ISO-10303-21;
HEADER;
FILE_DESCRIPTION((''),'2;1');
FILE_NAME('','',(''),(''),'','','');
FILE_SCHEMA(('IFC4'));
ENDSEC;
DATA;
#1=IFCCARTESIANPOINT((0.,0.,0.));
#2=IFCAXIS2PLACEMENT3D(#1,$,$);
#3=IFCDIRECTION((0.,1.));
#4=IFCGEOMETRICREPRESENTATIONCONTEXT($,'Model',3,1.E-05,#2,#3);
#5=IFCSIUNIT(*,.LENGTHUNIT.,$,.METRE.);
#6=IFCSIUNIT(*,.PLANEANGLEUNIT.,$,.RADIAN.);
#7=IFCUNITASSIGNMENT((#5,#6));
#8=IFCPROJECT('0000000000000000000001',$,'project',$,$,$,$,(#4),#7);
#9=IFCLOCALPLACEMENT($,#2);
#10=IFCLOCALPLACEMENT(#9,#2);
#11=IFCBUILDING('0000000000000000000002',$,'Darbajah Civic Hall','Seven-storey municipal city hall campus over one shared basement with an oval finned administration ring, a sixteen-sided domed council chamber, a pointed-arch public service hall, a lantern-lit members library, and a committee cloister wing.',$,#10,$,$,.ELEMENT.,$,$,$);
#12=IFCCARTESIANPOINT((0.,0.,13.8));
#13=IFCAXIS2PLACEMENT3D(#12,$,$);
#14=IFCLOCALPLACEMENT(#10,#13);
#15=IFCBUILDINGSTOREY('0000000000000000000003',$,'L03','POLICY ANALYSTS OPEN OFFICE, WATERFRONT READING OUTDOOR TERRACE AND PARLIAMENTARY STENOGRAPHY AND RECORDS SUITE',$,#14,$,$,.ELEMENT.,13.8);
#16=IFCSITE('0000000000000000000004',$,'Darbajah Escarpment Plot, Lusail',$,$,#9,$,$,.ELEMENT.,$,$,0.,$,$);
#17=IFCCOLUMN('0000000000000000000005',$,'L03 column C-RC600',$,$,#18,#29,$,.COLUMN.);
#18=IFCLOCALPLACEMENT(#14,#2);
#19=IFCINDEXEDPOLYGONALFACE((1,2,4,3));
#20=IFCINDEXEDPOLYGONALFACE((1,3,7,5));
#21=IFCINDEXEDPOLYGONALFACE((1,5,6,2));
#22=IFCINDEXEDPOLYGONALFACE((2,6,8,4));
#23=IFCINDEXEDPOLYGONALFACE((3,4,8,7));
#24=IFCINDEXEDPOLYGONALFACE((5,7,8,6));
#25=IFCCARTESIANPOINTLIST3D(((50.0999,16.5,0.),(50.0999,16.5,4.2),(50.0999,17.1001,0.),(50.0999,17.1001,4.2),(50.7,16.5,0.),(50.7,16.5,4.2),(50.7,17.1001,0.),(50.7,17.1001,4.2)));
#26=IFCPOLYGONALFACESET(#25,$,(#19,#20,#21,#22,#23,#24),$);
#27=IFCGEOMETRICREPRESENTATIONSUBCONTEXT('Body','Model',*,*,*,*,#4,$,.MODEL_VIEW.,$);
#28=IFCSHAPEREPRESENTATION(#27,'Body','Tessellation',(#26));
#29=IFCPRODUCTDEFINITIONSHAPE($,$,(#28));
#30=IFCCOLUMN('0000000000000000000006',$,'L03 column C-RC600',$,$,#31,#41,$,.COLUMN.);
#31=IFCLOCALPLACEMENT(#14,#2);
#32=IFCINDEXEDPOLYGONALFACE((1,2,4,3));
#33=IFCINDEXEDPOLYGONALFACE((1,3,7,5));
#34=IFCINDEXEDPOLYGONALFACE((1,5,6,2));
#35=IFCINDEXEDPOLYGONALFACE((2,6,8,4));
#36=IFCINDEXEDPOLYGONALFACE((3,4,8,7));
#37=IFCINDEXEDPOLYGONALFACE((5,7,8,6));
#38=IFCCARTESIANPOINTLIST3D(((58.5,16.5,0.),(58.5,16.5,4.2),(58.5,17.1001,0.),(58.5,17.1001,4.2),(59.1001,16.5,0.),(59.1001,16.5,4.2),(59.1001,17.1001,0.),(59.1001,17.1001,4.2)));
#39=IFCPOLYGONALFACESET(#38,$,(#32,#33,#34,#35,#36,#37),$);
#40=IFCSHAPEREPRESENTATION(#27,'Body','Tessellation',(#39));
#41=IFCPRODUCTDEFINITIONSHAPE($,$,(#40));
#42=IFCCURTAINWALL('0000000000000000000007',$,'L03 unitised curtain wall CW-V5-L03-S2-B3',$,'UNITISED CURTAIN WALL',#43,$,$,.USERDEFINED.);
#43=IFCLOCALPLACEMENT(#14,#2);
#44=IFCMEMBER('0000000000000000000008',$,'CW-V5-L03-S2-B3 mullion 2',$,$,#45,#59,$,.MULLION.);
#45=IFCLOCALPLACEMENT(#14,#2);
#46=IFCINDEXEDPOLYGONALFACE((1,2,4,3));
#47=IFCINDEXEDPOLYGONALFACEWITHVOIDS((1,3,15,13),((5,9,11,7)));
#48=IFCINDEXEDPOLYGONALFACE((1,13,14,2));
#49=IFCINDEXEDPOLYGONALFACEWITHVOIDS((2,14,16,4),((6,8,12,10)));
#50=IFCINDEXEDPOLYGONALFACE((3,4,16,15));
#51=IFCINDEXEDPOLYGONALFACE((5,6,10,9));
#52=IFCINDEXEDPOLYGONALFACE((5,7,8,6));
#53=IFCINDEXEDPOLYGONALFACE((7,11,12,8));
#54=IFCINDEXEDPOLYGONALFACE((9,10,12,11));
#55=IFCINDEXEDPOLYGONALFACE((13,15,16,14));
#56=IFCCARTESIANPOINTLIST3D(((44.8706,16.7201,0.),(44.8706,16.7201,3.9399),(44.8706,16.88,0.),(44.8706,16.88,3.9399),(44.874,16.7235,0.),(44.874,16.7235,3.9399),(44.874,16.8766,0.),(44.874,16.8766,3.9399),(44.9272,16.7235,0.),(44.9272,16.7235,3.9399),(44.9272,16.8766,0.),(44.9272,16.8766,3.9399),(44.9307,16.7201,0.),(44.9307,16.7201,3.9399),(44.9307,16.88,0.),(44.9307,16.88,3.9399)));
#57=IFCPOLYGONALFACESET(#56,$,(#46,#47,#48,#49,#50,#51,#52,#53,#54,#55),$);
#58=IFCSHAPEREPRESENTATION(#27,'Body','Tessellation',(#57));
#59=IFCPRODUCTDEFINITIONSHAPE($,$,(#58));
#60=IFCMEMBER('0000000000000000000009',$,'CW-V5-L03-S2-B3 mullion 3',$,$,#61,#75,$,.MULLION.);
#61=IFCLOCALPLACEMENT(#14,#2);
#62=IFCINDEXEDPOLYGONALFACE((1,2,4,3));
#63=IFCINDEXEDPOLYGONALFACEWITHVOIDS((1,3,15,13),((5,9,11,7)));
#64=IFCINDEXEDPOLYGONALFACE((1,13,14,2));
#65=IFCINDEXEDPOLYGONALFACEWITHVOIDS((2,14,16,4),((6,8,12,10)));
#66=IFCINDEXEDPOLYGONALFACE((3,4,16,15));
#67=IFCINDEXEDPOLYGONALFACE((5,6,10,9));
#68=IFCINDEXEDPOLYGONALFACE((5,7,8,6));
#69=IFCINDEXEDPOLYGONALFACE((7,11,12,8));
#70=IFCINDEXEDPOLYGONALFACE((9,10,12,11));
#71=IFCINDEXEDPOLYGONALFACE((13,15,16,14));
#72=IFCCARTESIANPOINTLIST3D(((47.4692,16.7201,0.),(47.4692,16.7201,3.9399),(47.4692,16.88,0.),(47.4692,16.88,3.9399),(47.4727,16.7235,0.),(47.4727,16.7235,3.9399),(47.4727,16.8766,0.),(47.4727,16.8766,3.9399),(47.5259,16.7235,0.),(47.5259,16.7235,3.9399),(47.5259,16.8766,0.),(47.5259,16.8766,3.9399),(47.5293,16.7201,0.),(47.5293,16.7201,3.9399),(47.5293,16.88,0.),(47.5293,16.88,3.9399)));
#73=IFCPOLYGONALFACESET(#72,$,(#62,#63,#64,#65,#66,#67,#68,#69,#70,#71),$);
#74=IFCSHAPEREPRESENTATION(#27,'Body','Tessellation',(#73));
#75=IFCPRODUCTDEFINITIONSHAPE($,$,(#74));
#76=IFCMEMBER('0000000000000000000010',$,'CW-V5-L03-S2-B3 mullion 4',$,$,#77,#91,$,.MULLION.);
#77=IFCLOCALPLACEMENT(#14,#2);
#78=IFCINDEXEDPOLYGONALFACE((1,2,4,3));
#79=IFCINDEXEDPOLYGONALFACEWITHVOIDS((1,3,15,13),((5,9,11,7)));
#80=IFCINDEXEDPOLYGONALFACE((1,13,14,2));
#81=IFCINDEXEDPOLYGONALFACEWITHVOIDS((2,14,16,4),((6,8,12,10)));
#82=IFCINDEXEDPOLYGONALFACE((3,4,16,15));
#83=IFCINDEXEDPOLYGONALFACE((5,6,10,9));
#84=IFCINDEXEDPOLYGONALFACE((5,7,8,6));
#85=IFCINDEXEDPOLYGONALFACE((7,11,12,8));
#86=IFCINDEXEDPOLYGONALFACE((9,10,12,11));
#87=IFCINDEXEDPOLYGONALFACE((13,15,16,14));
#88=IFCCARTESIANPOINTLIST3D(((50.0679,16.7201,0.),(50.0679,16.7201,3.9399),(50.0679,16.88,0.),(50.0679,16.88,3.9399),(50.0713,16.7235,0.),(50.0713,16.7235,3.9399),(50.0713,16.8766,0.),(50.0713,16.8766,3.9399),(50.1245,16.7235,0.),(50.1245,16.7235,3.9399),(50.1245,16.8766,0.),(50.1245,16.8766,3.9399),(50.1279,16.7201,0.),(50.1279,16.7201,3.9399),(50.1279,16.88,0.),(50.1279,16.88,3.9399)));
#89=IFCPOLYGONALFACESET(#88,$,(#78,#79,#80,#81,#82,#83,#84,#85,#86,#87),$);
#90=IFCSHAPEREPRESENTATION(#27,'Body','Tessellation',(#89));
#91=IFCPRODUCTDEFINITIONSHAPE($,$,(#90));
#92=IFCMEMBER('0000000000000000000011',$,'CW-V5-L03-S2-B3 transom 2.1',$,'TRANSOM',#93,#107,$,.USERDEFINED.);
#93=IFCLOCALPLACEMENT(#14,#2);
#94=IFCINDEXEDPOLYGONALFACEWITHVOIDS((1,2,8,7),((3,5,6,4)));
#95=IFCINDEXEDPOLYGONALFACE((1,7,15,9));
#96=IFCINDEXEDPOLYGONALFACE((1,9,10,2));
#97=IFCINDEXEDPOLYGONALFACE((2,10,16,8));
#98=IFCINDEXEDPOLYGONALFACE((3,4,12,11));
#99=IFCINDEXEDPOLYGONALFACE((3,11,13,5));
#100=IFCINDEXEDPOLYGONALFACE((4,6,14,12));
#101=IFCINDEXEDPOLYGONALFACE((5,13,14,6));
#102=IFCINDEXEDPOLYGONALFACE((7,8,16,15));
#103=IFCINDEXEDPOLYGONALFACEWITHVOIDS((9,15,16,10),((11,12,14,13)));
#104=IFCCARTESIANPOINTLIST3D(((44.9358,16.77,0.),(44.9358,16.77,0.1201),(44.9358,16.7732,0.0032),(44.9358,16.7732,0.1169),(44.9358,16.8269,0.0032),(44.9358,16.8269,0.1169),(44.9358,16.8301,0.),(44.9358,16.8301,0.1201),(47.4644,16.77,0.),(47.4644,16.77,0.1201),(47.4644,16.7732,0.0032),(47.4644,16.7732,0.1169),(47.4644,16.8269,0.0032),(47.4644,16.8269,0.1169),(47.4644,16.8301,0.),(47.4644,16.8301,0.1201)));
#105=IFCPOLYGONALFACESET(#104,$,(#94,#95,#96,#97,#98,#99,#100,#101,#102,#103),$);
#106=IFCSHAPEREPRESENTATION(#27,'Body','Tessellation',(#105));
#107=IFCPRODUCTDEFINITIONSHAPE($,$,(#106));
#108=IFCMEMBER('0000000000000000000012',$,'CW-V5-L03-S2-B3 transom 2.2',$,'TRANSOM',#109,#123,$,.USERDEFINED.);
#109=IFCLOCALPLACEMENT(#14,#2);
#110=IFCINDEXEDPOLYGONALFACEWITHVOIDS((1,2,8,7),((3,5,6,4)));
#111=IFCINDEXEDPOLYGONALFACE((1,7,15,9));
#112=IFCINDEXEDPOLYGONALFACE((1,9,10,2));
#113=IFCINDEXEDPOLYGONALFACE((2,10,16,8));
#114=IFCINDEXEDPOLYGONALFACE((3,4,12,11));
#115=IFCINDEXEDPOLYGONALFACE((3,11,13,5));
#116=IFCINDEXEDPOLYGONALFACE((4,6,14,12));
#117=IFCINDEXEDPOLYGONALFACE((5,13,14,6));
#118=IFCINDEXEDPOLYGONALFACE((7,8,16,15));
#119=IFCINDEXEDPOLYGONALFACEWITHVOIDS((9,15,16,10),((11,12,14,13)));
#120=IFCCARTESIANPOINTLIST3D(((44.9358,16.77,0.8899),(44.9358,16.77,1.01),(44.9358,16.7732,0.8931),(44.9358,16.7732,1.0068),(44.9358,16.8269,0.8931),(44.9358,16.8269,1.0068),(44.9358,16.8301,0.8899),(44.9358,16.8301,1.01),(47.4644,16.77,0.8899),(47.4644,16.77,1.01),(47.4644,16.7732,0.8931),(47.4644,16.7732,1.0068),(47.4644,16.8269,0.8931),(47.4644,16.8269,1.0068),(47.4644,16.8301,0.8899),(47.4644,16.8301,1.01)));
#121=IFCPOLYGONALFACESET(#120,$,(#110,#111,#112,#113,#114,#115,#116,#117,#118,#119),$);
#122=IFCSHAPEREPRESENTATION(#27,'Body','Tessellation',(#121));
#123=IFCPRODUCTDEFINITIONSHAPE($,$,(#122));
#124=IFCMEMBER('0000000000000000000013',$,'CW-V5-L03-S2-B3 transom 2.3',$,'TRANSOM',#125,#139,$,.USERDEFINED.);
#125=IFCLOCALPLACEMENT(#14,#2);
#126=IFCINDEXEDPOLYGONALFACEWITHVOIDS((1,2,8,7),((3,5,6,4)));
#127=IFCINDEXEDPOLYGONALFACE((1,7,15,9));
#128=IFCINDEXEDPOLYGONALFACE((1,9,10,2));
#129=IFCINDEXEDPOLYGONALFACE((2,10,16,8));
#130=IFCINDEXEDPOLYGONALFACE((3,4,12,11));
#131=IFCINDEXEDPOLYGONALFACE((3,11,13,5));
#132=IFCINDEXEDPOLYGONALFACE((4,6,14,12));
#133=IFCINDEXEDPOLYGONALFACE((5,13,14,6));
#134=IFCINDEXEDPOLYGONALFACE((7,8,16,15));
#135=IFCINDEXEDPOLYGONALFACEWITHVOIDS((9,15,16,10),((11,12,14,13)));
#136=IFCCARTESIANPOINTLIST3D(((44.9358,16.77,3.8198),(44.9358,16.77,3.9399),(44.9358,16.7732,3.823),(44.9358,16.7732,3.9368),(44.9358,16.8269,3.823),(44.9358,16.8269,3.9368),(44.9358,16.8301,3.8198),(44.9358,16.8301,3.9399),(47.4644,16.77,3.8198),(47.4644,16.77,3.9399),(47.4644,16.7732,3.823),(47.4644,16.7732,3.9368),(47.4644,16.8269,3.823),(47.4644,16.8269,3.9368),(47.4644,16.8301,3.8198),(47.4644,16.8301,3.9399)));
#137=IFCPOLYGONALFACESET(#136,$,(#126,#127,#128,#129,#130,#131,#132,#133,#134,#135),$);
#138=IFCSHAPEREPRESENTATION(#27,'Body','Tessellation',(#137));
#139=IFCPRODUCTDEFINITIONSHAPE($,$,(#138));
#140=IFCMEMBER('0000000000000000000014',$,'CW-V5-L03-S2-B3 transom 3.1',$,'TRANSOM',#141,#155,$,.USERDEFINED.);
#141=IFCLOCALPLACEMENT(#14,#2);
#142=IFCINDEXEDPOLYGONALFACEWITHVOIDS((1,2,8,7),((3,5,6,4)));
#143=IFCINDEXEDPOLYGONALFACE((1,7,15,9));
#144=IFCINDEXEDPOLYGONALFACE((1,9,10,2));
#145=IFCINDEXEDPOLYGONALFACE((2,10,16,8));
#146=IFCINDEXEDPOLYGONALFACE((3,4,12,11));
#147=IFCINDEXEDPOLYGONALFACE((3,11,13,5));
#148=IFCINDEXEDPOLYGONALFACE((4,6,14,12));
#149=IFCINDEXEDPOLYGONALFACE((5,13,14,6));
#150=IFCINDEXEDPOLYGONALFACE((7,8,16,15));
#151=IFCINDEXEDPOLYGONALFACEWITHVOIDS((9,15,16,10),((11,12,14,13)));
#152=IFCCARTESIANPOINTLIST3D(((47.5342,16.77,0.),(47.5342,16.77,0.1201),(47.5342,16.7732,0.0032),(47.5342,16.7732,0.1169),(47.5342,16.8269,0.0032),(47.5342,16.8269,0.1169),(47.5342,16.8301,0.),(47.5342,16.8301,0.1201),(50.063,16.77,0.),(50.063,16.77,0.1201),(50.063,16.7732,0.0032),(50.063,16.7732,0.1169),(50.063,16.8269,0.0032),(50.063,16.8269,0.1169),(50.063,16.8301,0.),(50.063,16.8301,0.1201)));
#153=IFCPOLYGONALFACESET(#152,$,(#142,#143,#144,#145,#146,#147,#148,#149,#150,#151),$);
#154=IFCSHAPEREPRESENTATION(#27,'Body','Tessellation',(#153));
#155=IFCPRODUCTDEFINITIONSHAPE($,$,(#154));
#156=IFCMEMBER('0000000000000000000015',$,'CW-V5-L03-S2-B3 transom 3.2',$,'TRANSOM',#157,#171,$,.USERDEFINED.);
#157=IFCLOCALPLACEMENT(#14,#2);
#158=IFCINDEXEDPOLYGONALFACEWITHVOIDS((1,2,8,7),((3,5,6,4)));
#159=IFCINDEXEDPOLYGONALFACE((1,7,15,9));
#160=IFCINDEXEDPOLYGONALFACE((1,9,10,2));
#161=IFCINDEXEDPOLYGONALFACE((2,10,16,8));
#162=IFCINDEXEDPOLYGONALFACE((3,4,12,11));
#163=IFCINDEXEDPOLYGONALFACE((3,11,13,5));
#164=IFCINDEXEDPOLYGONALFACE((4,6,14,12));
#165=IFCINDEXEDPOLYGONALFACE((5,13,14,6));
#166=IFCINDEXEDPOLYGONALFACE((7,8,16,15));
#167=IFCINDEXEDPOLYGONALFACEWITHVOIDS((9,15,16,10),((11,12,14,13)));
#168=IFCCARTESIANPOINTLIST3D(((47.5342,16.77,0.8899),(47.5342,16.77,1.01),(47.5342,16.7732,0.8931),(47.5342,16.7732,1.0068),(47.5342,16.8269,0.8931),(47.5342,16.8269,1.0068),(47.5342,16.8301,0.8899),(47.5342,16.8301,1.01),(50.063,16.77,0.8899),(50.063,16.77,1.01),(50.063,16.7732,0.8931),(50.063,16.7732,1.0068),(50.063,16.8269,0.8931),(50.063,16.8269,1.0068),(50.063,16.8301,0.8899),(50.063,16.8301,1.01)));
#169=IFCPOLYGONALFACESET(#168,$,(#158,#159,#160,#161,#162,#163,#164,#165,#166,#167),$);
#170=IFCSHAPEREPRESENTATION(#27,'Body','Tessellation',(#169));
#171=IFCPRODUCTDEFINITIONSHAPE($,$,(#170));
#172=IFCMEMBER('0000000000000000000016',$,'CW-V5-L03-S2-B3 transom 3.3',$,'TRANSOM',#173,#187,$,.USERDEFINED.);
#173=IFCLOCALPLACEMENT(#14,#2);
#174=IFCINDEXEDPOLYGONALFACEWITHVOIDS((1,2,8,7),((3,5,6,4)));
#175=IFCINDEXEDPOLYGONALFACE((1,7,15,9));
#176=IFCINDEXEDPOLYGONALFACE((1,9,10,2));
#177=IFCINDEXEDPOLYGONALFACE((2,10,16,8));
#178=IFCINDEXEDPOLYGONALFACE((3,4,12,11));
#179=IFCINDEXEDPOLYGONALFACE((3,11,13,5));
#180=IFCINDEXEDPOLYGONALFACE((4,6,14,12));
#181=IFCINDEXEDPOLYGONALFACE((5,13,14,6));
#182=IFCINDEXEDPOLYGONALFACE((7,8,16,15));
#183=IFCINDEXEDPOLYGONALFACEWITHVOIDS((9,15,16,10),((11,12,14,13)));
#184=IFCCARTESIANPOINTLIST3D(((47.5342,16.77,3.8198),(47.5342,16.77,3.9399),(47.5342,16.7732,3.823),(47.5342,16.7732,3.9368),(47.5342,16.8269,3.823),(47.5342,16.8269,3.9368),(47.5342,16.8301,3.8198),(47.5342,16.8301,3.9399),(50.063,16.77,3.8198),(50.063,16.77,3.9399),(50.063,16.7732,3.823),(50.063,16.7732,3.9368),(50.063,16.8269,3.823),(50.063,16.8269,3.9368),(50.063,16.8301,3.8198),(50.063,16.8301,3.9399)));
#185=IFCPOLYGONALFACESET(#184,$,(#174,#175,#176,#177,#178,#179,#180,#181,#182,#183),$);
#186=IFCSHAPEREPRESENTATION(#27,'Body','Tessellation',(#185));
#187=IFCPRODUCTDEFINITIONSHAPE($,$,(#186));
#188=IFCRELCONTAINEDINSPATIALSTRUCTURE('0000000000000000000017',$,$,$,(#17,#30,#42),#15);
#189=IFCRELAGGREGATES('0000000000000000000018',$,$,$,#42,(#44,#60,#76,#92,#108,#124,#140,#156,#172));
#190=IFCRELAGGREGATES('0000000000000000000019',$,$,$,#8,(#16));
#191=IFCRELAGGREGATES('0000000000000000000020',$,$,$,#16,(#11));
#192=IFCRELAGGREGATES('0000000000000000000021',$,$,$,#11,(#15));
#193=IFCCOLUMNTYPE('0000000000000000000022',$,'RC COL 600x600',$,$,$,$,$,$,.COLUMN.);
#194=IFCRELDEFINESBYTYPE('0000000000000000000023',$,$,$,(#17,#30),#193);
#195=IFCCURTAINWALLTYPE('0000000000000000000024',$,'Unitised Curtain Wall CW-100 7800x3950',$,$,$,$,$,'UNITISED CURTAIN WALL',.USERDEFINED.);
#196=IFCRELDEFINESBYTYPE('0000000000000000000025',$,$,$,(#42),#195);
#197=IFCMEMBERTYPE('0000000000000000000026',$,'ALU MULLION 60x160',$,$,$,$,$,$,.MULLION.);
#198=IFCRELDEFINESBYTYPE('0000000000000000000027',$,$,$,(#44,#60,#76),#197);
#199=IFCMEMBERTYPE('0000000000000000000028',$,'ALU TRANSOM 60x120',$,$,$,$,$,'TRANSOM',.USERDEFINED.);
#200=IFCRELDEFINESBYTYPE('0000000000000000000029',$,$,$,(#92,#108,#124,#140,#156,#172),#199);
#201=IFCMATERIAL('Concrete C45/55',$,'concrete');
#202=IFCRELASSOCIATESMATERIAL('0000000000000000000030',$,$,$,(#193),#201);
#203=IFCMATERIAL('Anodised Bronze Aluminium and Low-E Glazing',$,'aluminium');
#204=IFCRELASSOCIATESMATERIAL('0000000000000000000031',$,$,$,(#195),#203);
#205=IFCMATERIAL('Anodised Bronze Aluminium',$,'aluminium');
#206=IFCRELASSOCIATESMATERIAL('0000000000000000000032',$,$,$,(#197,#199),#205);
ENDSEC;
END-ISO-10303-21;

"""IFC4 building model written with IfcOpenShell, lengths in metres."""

from ifc_helpers import new_model, si_unit, direction, frame, origin, origin_2d, place, context, subcontext, project, spatial, rectangle, hollow_rectangle, extrude, material, material_profile, profile_set, type_object, element, aggregate, save


model = new_model("IFC4")

# Units and contexts
model_context = context("Model", 3, precision=1e-05, world=origin(), true_north=direction((0.0, 1.0)))
body_context = subcontext(model_context, "Body", "Model", "MODEL_VIEW")
ifc_project = project(units=[si_unit("LENGTHUNIT", "METRE"), si_unit("PLANEANGLEUNIT", "RADIAN")], contexts=[model_context])

# Site, building, storey
site_placement = place(None, origin())
site = spatial("IfcSite", under=ifc_project, at=site_placement, Name="Darbajah Escarpment Plot, Lusail", CompositionType="ELEMENT", RefElevation=0.0)
building_placement = place(site_placement, origin())
building = spatial("IfcBuilding", under=site, at=building_placement, Name="Darbajah Civic Hall", Description="Seven-storey municipal city hall campus over one shared basement with an oval finned administration ring, a sixteen-sided domed council chamber, a pointed-arch public service hall, a lantern-lit members library, and a committee cloister wing.", CompositionType="ELEMENT")
storey_placement = place(building_placement, frame((0.0, 0.0, 13.8)))
storey = spatial("IfcBuildingStorey", under=building, at=storey_placement, Name="L03", Description="POLICY ANALYSTS OPEN OFFICE, WATERFRONT READING OUTDOOR TERRACE AND PARLIAMENTARY STENOGRAPHY AND RECORDS SUITE", CompositionType="ELEMENT", Elevation=13.8)

# Columns
ifc_material_1 = material(Name="Concrete C45/55", Category="concrete")
ifc_material_profile_1 = material_profile(ifc_material_1, rectangle(XDim=0.6001, YDim=0.6001, at=origin_2d()), Name="RC COL 600x600")
ifc_profile_set_1 = profile_set([ifc_material_profile_1], Name="Concrete C45/55")
column_type = type_object("IfcColumnType", Name="RC COL 600x600", PredefinedType="COLUMN", material=ifc_profile_set_1)
for number, where, z_axis, x_axis, name in (
    (1, (50.3999, 16.8, 0.0), (0.0, 0.0, 1.0), (1.0, 0.0, 0.0), "L03 column C-RC600"),
    (2, (58.8, 16.8, 0.0), (0.0, 0.0, 1.0), (1.0, 0.0, 0.0), "L03 column C-RC600"),
):
    element("IfcColumn", number, at=place(storey_placement, frame(where, z_axis=z_axis, x_axis=x_axis)), inside=storey, type_object=column_type, Name=name, PredefinedType="COLUMN", context=body_context, shape_type="SweptSolid", body=[
        extrude(rectangle(XDim=0.6001, YDim=0.6001, at=origin_2d()), origin(), (0.0, 0.0, 1.0), 4.2),
    ])

# Curtain wall, members
ifc_material_2 = material(Name="Anodised Bronze Aluminium and Low-E Glazing", Category="aluminium")
curtain_wall_type = type_object("IfcCurtainWallType", Name="Unitised Curtain Wall CW-100 7800x3950", ElementType="UNITISED CURTAIN WALL", PredefinedType="USERDEFINED", material=ifc_material_2)
curtain_wall_placement = place(storey_placement, origin())
curtain_wall = element("IfcCurtainWall", 3, at=curtain_wall_placement, inside=storey, type_object=curtain_wall_type, Name="L03 unitised curtain wall CW-V5-L03-S2-B3", ObjectType="UNITISED CURTAIN WALL", PredefinedType="USERDEFINED")
ifc_material_3 = material(Name="Anodised Bronze Aluminium", Category="aluminium")
ifc_material_profile_2 = material_profile(ifc_material_3, hollow_rectangle(XDim=0.0601, YDim=0.1599, WallThickness=0.0034, at=origin_2d()), Name="ALU MULLION 60x160")
ifc_profile_set_2 = profile_set([ifc_material_profile_2], Name="Anodised Bronze Aluminium")
member_type_1 = type_object("IfcMemberType", Name="ALU MULLION 60x160", PredefinedType="MULLION", material=ifc_profile_set_2)
member_1_placement = place(storey_placement, frame((44.9006, 16.8, 0.0), z_axis=(0.0, 0.0, 1.0), x_axis=(1.0, 0.0, 0.0)))
member_1 = element("IfcMember", 4, at=member_1_placement, type_object=member_type_1, Name="CW-V5-L03-S2-B3 mullion 2", PredefinedType="MULLION", context=body_context, shape_type="SweptSolid", body=[
    extrude(hollow_rectangle(XDim=0.0601, YDim=0.1599, WallThickness=0.0034, at=origin_2d()), origin(), (0.0, 0.0, 1.0), 3.9399),
])
member_2_placement = place(storey_placement, frame((47.4993, 16.8, 0.0), z_axis=(0.0, 0.0, 1.0), x_axis=(1.0, 0.0, 0.0)))
member_2 = element("IfcMember", 5, at=member_2_placement, type_object=member_type_1, Name="CW-V5-L03-S2-B3 mullion 3", PredefinedType="MULLION", context=body_context, shape_type="SweptSolid", body=[
    extrude(hollow_rectangle(XDim=0.0601, YDim=0.1599, WallThickness=0.0034, at=origin_2d()), origin(), (0.0, 0.0, 1.0), 3.9399),
])
member_3_placement = place(storey_placement, frame((50.0979, 16.8, 0.0), z_axis=(0.0, 0.0, 1.0), x_axis=(1.0, 0.0, 0.0)))
member_3 = element("IfcMember", 6, at=member_3_placement, type_object=member_type_1, Name="CW-V5-L03-S2-B3 mullion 4", PredefinedType="MULLION", context=body_context, shape_type="SweptSolid", body=[
    extrude(hollow_rectangle(XDim=0.0601, YDim=0.1599, WallThickness=0.0034, at=origin_2d()), origin(), (0.0, 0.0, 1.0), 3.9399),
])
ifc_material_profile_3 = material_profile(ifc_material_3, hollow_rectangle(XDim=0.0601, YDim=0.1201, WallThickness=0.0032, at=origin_2d()), Name="ALU TRANSOM 60x120")
ifc_profile_set_3 = profile_set([ifc_material_profile_3], Name="Anodised Bronze Aluminium")
member_type_2 = type_object("IfcMemberType", Name="ALU TRANSOM 60x120", ElementType="TRANSOM", PredefinedType="USERDEFINED", material=ifc_profile_set_3)
member_4_placement = place(storey_placement, frame((44.9358, 16.8, 0.0601), z_axis=(1.0, 0.0, 0.0), x_axis=(0.0, 1.0, 0.0)))
member_4 = element("IfcMember", 7, at=member_4_placement, type_object=member_type_2, Name="CW-V5-L03-S2-B3 transom 2.1", ObjectType="TRANSOM", PredefinedType="USERDEFINED", context=body_context, shape_type="SweptSolid", body=[
    extrude(hollow_rectangle(XDim=0.0601, YDim=0.1201, WallThickness=0.0032, at=origin_2d()), origin(), (0.0, 0.0, 1.0), 2.5286),
])
member_5_placement = place(storey_placement, frame((44.9358, 16.8, 0.95), z_axis=(1.0, 0.0, 0.0), x_axis=(0.0, 1.0, 0.0)))
member_5 = element("IfcMember", 8, at=member_5_placement, type_object=member_type_2, Name="CW-V5-L03-S2-B3 transom 2.2", ObjectType="TRANSOM", PredefinedType="USERDEFINED", context=body_context, shape_type="SweptSolid", body=[
    extrude(hollow_rectangle(XDim=0.0601, YDim=0.1201, WallThickness=0.0032, at=origin_2d()), origin(), (0.0, 0.0, 1.0), 2.5286),
])
member_6_placement = place(storey_placement, frame((44.9358, 16.8, 3.8799), z_axis=(1.0, 0.0, 0.0), x_axis=(0.0, 1.0, 0.0)))
member_6 = element("IfcMember", 9, at=member_6_placement, type_object=member_type_2, Name="CW-V5-L03-S2-B3 transom 2.3", ObjectType="TRANSOM", PredefinedType="USERDEFINED", context=body_context, shape_type="SweptSolid", body=[
    extrude(hollow_rectangle(XDim=0.0601, YDim=0.1201, WallThickness=0.0032, at=origin_2d()), origin(), (0.0, 0.0, 1.0), 2.5286),
])
member_7_placement = place(storey_placement, frame((47.5342, 16.8, 0.0601), z_axis=(1.0, 0.0, 0.0), x_axis=(0.0, 1.0, 0.0)))
member_7 = element("IfcMember", 10, at=member_7_placement, type_object=member_type_2, Name="CW-V5-L03-S2-B3 transom 3.1", ObjectType="TRANSOM", PredefinedType="USERDEFINED", context=body_context, shape_type="SweptSolid", body=[
    extrude(hollow_rectangle(XDim=0.0601, YDim=0.1201, WallThickness=0.0032, at=origin_2d()), origin(), (0.0, 0.0, 1.0), 2.5288),
])
member_8_placement = place(storey_placement, frame((47.5342, 16.8, 0.95), z_axis=(1.0, 0.0, 0.0), x_axis=(0.0, 1.0, 0.0)))
member_8 = element("IfcMember", 11, at=member_8_placement, type_object=member_type_2, Name="CW-V5-L03-S2-B3 transom 3.2", ObjectType="TRANSOM", PredefinedType="USERDEFINED", context=body_context, shape_type="SweptSolid", body=[
    extrude(hollow_rectangle(XDim=0.0601, YDim=0.1201, WallThickness=0.0032, at=origin_2d()), origin(), (0.0, 0.0, 1.0), 2.5288),
])
member_9_placement = place(storey_placement, frame((47.5342, 16.8, 3.8799), z_axis=(1.0, 0.0, 0.0), x_axis=(0.0, 1.0, 0.0)))
member_9 = element("IfcMember", 12, at=member_9_placement, type_object=member_type_2, Name="CW-V5-L03-S2-B3 transom 3.3", ObjectType="TRANSOM", PredefinedType="USERDEFINED", context=body_context, shape_type="SweptSolid", body=[
    extrude(hollow_rectangle(XDim=0.0601, YDim=0.1201, WallThickness=0.0032, at=origin_2d()), origin(), (0.0, 0.0, 1.0), 2.5288),
])

aggregate(curtain_wall, [member_1, member_2, member_3, member_4, member_5, member_6, member_7, member_8, member_9])

save(model, "model.ifc")
